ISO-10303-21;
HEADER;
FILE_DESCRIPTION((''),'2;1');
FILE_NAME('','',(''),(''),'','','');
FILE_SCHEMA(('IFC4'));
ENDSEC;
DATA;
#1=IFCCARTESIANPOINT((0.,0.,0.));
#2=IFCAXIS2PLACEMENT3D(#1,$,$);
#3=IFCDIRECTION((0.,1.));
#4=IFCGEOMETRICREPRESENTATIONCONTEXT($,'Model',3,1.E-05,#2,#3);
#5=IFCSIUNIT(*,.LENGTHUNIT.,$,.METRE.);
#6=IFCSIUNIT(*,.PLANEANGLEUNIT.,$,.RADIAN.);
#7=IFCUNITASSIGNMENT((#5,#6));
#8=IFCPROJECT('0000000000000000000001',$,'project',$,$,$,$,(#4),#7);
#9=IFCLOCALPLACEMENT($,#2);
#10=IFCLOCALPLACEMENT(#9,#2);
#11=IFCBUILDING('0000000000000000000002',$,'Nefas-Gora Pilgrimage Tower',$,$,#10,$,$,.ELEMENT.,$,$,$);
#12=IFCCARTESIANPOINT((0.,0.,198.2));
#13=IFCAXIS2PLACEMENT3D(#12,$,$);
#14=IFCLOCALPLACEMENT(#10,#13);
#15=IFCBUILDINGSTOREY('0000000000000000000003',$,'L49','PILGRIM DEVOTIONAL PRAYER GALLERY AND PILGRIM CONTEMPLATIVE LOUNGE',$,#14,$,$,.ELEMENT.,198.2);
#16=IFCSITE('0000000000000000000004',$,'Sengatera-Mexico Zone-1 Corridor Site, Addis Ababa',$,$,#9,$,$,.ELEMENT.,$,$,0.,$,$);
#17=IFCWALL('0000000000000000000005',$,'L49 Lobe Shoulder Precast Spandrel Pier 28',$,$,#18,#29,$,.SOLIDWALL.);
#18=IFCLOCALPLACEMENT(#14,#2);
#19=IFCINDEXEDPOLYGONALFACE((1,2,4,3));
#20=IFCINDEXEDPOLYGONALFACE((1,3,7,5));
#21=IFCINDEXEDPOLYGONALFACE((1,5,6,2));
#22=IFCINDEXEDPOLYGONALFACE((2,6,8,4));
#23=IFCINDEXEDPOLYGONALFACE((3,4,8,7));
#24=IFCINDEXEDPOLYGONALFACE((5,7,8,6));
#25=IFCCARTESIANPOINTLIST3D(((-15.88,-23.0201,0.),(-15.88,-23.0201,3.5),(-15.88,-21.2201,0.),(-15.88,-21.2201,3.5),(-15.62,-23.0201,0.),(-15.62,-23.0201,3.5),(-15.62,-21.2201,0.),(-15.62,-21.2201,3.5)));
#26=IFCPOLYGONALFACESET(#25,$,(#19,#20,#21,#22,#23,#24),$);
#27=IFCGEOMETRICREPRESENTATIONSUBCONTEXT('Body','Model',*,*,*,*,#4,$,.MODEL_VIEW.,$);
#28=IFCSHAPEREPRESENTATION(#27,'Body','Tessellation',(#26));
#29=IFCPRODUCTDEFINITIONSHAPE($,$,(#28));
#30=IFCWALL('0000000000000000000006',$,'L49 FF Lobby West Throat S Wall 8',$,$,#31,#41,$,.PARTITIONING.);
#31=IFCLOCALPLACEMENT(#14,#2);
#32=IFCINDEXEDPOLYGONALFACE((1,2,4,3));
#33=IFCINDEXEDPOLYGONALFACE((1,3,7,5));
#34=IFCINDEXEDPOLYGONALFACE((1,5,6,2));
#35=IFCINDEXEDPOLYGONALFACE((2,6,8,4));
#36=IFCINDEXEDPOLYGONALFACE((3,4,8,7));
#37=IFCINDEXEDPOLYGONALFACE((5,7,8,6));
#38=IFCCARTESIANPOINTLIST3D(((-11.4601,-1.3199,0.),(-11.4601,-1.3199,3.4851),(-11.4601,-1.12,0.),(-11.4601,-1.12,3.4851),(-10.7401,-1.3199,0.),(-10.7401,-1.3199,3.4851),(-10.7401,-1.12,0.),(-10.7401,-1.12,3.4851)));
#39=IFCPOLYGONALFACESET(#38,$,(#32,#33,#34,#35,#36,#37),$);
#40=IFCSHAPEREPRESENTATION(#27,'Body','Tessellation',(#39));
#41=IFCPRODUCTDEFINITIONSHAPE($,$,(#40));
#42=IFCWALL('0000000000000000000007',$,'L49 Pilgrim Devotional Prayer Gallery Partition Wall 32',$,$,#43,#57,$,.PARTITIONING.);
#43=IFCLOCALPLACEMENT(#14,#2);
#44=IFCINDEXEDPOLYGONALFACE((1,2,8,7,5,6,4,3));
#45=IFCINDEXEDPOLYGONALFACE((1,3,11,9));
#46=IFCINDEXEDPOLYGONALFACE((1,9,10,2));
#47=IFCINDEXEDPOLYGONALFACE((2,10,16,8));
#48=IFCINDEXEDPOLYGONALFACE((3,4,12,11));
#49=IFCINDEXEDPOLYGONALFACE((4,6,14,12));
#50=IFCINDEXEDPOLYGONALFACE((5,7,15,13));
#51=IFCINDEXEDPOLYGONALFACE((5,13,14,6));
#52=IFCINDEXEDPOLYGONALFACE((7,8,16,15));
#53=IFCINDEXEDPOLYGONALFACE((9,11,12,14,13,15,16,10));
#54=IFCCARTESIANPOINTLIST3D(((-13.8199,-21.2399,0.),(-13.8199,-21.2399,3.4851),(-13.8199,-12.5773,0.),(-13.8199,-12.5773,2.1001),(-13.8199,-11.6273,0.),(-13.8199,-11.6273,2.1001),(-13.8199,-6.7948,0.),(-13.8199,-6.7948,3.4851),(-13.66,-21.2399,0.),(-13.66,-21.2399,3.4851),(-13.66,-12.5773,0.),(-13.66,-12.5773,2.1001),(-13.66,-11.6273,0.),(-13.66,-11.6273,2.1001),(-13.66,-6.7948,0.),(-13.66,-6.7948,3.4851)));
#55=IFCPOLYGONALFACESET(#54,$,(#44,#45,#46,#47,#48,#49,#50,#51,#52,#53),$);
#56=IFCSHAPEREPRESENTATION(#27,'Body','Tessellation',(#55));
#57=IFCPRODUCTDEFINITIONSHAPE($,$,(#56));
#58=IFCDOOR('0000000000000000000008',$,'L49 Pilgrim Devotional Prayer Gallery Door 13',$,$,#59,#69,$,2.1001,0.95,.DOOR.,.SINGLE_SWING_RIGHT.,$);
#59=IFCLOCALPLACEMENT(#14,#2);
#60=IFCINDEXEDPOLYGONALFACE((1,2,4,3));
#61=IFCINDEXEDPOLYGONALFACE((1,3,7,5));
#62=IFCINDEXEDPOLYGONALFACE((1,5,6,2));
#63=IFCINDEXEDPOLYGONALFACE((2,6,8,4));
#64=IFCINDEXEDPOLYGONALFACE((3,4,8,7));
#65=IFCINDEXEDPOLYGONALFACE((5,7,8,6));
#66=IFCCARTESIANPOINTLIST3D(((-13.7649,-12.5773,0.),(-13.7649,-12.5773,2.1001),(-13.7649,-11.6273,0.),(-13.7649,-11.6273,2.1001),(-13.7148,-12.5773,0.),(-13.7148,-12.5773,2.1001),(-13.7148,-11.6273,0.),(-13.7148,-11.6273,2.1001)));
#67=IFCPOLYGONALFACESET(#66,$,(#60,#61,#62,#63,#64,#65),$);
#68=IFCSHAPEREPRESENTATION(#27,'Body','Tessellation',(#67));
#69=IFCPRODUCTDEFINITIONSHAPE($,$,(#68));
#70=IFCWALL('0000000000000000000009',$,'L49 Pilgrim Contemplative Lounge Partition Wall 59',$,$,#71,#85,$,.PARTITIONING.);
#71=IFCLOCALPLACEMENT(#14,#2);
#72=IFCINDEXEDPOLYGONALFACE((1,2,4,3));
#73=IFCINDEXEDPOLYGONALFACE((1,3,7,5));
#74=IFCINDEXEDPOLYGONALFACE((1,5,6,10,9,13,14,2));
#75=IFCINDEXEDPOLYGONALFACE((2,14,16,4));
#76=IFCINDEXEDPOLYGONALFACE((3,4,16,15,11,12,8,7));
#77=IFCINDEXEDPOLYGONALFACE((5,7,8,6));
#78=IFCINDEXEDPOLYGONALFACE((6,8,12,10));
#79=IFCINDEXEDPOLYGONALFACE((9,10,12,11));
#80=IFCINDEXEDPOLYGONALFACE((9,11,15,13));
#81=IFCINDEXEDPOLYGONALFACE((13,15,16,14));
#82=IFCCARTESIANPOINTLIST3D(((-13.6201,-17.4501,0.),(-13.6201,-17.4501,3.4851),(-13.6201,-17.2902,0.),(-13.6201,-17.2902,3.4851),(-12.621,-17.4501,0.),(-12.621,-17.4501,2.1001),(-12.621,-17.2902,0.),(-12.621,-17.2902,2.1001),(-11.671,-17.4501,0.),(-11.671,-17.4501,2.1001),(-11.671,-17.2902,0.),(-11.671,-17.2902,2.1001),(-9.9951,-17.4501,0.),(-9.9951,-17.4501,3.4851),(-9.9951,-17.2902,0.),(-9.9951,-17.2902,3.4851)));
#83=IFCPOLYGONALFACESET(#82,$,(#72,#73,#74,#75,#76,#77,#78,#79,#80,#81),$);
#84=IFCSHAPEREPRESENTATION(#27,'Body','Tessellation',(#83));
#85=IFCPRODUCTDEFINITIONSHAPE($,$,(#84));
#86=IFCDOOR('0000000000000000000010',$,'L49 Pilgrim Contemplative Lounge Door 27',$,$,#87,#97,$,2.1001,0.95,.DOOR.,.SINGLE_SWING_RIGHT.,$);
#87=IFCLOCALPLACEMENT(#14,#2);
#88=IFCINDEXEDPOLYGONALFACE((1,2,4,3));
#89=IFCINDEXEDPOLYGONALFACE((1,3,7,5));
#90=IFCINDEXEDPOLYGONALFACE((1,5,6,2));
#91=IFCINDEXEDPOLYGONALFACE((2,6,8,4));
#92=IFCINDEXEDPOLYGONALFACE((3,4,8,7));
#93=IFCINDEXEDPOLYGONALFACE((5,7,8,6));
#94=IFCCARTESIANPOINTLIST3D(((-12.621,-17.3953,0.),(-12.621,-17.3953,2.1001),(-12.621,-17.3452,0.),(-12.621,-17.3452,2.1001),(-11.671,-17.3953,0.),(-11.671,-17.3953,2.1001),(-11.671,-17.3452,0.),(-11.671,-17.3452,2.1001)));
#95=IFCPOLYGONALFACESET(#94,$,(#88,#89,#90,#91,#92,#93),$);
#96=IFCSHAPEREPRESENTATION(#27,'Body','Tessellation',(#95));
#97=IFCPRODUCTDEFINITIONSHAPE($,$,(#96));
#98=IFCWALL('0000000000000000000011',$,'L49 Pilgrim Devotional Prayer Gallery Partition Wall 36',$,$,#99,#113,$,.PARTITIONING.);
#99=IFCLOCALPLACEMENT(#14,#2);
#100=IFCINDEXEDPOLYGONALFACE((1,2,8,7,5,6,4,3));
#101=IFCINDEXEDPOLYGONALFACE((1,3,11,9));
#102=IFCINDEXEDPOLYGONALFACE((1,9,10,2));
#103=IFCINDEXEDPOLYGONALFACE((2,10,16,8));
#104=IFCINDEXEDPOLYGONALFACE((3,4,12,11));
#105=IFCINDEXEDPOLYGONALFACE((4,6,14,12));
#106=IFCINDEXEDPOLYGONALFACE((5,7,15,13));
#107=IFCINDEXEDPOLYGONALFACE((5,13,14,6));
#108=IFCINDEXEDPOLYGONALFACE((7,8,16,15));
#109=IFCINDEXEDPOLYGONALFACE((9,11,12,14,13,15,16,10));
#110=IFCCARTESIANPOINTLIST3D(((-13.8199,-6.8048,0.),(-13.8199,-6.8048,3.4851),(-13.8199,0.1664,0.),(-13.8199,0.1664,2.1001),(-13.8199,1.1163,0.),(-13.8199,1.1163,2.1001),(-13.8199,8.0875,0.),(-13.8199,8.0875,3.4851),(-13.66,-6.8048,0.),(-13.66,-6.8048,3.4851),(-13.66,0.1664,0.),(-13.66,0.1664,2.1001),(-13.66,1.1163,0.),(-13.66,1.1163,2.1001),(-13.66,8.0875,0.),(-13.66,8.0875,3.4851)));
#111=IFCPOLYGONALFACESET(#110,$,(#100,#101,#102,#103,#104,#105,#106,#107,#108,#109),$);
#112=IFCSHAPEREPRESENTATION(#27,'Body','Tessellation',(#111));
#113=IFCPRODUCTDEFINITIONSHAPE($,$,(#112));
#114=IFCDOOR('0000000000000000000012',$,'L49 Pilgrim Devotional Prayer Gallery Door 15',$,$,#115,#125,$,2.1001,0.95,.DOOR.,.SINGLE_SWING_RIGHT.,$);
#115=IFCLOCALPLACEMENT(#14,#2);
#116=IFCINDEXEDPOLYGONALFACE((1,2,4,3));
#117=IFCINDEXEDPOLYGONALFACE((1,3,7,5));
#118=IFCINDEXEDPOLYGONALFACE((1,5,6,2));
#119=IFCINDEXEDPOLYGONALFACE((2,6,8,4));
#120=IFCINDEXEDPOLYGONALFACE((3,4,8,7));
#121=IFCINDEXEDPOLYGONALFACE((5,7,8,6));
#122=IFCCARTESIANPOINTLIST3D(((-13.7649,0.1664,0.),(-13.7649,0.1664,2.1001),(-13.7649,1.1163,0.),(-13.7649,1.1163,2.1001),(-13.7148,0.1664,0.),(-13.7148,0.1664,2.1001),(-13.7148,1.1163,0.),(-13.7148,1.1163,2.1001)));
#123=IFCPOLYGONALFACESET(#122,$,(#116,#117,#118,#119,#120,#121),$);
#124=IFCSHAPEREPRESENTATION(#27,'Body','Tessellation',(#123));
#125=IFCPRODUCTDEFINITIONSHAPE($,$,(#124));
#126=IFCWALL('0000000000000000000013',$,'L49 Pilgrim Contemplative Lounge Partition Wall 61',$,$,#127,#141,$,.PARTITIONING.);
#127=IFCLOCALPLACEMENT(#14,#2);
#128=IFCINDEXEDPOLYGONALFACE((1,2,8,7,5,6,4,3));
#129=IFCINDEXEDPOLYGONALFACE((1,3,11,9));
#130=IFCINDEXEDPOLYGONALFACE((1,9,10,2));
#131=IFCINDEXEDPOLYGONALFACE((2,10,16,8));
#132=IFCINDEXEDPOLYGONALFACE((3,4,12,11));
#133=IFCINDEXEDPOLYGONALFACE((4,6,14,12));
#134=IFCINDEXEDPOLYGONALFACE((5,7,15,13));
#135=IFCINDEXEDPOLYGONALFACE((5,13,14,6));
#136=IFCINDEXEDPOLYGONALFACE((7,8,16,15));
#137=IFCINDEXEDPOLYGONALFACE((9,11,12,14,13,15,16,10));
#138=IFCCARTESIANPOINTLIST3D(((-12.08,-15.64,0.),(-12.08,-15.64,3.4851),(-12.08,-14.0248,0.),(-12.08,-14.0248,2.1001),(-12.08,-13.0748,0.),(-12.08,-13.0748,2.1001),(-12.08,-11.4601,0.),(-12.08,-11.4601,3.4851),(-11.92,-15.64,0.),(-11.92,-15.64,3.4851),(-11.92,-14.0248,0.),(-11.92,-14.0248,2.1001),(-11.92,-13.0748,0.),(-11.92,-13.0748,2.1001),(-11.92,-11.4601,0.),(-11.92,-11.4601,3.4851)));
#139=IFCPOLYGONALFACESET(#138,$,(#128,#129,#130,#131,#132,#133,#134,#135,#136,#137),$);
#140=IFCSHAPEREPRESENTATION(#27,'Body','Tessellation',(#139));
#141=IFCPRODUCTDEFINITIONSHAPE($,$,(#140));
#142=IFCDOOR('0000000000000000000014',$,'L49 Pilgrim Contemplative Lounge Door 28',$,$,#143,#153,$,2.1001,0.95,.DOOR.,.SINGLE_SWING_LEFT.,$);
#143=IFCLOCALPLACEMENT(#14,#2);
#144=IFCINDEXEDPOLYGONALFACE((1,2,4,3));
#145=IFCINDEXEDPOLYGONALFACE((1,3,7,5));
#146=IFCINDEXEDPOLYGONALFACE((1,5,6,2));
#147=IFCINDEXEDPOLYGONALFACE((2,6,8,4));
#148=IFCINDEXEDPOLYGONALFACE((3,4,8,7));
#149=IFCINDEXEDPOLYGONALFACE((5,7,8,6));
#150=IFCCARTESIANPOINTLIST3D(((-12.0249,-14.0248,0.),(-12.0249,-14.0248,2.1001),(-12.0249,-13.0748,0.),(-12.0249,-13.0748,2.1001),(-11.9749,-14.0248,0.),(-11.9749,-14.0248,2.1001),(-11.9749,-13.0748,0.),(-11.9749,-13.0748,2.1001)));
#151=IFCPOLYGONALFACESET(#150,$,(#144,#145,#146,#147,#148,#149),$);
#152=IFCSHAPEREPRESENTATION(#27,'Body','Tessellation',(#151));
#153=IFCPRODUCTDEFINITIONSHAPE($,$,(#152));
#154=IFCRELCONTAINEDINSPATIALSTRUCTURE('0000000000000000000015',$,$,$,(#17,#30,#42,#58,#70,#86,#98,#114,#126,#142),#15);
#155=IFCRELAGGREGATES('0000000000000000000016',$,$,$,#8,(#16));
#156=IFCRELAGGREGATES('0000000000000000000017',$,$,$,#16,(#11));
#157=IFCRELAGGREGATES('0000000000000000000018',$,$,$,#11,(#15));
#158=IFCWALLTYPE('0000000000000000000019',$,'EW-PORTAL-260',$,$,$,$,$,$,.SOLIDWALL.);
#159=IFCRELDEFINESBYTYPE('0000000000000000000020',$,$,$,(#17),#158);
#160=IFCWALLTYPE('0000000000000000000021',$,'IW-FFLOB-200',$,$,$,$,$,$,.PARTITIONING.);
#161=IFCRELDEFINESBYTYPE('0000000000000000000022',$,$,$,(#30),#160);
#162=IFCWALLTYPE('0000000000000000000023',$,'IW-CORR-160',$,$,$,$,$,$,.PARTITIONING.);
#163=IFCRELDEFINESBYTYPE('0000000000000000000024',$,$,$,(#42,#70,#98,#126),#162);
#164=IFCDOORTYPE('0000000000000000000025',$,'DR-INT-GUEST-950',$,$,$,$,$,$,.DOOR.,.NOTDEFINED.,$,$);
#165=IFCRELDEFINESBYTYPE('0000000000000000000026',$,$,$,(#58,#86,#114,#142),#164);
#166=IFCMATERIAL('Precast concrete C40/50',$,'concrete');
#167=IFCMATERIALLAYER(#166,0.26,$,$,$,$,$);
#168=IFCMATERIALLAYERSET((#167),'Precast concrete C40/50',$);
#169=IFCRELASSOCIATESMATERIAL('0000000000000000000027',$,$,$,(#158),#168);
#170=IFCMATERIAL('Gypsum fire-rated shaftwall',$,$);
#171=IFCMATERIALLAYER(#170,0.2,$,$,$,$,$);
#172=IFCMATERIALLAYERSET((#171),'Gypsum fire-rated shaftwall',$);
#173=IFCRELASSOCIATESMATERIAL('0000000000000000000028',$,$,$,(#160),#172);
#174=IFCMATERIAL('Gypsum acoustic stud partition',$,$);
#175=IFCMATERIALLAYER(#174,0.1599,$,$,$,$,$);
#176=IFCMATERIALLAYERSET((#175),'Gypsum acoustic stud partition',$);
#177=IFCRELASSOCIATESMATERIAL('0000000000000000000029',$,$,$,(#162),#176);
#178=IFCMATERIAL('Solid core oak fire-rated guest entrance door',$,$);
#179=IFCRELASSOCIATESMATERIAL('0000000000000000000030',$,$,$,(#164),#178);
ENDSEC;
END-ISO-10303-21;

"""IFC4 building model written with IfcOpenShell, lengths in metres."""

from ifc_helpers import new_model, si_unit, direction, frame, frame_2d, origin, place, context, subcontext, project, spatial, rectangle, extrude, source, transform, mapped, material, layer, layer_set, type_object, element, fill, save


model = new_model("IFC4")

# Units and contexts
model_context = context("Model", 3, precision=1e-05, world=origin(), true_north=direction((0.0, 1.0)))
body_context = subcontext(model_context, "Body", "Model", "MODEL_VIEW")
ifc_project = project(units=[si_unit("LENGTHUNIT", "METRE"), si_unit("PLANEANGLEUNIT", "RADIAN")], contexts=[model_context])

# Site, building, storey
site_placement = place(None, origin())
site = spatial("IfcSite", under=ifc_project, at=site_placement, Name="Sengatera-Mexico Zone-1 Corridor Site, Addis Ababa", CompositionType="ELEMENT", RefElevation=0.0)
building_placement = place(site_placement, origin())
building = spatial("IfcBuilding", under=site, at=building_placement, Name="Nefas-Gora Pilgrimage Tower", CompositionType="ELEMENT")
storey_placement = place(building_placement, frame((0.0, 0.0, 198.2)))
storey = spatial("IfcBuildingStorey", under=building, at=storey_placement, Name="L49", Description="PILGRIM DEVOTIONAL PRAYER GALLERY AND PILGRIM CONTEMPLATIVE LOUNGE", CompositionType="ELEMENT", Elevation=198.2)

# Wall
ifc_material_1 = material(Name="Precast concrete C40/50", Category="concrete")
ifc_layer_1 = layer(ifc_material_1, 0.26)
ifc_layer_set_1 = layer_set([ifc_layer_1], Name="Precast concrete C40/50")
wall_type_1 = type_object("IfcWallType", Name="EW-PORTAL-260", PredefinedType="SOLIDWALL", material=ifc_layer_set_1)
shared_shape_1 = source(origin(), body_context, "Body", "SweptSolid", [
    extrude(rectangle(XDim=1.8, YDim=0.26, at=frame_2d((0.8999, 0.0))), origin(), (0.0, 0.0, 1.0), 3.5),
])
wall_1_placement = place(storey_placement, frame((-15.75, -23.02, 0.0), z_axis=(0.0, 0.0, 1.0), x_axis=(0.0, 1.0, 0.0)))
element("IfcWall", 1, at=wall_1_placement, inside=storey, type_object=wall_type_1, Name="L49 Lobe Shoulder Precast Spandrel Pier 28", PredefinedType="SOLIDWALL", context=body_context, shape_type="MappedRepresentation", body=[
    mapped(shared_shape_1, transform((0.0, 0.0, 0.0), x_axis=(1.0, 0.0, 0.0), y_axis=(0.0, 1.0, 0.0), z_axis=(0.0, 0.0, 1.0), scale=1.0)),
])

# Shared definitions
ifc_material_2 = material(Name="Gypsum fire-rated shaftwall")
ifc_layer_2 = layer(ifc_material_2, 0.2)
ifc_layer_set_2 = layer_set([ifc_layer_2], Name="Gypsum fire-rated shaftwall")
wall_type_2 = type_object("IfcWallType", Name="IW-FFLOB-200", PredefinedType="PARTITIONING", material=ifc_layer_set_2)

# Wall
shared_shape_2 = source(origin(), body_context, "Body", "SweptSolid", [
    extrude(rectangle(XDim=0.72, YDim=0.2, at=frame_2d((0.3599, 0.0))), origin(), (0.0, 0.0, 1.0), 3.4851),
])
wall_2_placement = place(storey_placement, frame((-11.46, -1.22, 0.0), z_axis=(0.0, 0.0, 1.0), x_axis=(1.0, 0.0, 0.0)))
element("IfcWall", 2, at=wall_2_placement, inside=storey, type_object=wall_type_2, Name="L49 FF Lobby West Throat S Wall 8", PredefinedType="PARTITIONING", context=body_context, shape_type="MappedRepresentation", body=[
    mapped(shared_shape_2, transform((0.0, 0.0, 0.0), x_axis=(1.0, 0.0, 0.0), y_axis=(0.0, 1.0, 0.0), z_axis=(0.0, 0.0, 1.0), scale=1.0)),
])

# Walls, openings, doors
ifc_material_3 = material(Name="Gypsum acoustic stud partition")
ifc_layer_3 = layer(ifc_material_3, 0.1599)
ifc_layer_set_3 = layer_set([ifc_layer_3], Name="Gypsum acoustic stud partition")
wall_type_3 = type_object("IfcWallType", Name="IW-CORR-160", PredefinedType="PARTITIONING", material=ifc_layer_set_3)
shared_shape_3 = source(origin(), body_context, "Body", "SweptSolid", [
    extrude(rectangle(XDim=14.4451, YDim=0.1599, at=frame_2d((7.2227, 0.0))), origin(), (0.0, 0.0, 1.0), 3.4851),
])
wall_3_placement = place(storey_placement, frame((-13.74, -21.24, 0.0), z_axis=(0.0, 0.0, 1.0), x_axis=(0.0, 1.0, 0.0)))
wall_3 = element("IfcWall", 3, at=wall_3_placement, inside=storey, type_object=wall_type_3, Name="L49 Pilgrim Devotional Prayer Gallery Partition Wall 32", PredefinedType="PARTITIONING", context=body_context, shape_type="MappedRepresentation", body=[
    mapped(shared_shape_3, transform((0.0, 0.0, 0.0), x_axis=(1.0, 0.0, 0.0), y_axis=(0.0, 1.0, 0.0), z_axis=(0.0, 0.0, 1.0), scale=1.0)),
])
opening_1_placement = place(wall_3_placement, frame((8.6626, 0.0, 0.0)))
opening_1 = element("IfcOpeningElement", 4, at=opening_1_placement, cuts=wall_3, PredefinedType="OPENING", context=body_context, shape_type="SweptSolid", body=[
    extrude(rectangle(XDim=0.95, YDim=2.1001, at=frame_2d((0.4751, 1.05))), frame((0.0, 0.0898, 0.0), z_axis=(0.0, -1.0, 0.0), x_axis=(1.0, 0.0, 0.0)), (0.0, 0.0, 1.0), 0.1799),
])
ifc_material_4 = material(Name="Solid core oak fire-rated guest entrance door")
door_type_1 = type_object("IfcDoorType", Name="DR-INT-GUEST-950", OperationType="NOTDEFINED", PredefinedType="DOOR", material=ifc_material_4)
shared_shape_4 = source(origin(), body_context, "Body", "SweptSolid", [
    extrude(rectangle(XDim=0.95, YDim=2.1001, at=frame_2d((0.4751, 1.05))), frame((0.0, 0.0249, 0.0), z_axis=(0.0, -1.0, 0.0), x_axis=(1.0, 0.0, 0.0)), (0.0, 0.0, 1.0), 0.05),
])
door_1_placement = place(opening_1_placement, origin())
door_1 = element("IfcDoor", 5, at=door_1_placement, inside=storey, type_object=door_type_1, Name="L49 Pilgrim Devotional Prayer Gallery Door 13", OperationType="SINGLE_SWING_RIGHT", OverallHeight=2.1001, OverallWidth=0.95, PredefinedType="DOOR", context=body_context, shape_type="MappedRepresentation", body=[
    mapped(shared_shape_4, transform((0.0, 0.0, 0.0), x_axis=(1.0, 0.0, 0.0), y_axis=(0.0, 1.0, 0.0), z_axis=(0.0, 0.0, 1.0), scale=1.0)),
])
fill(opening_1, door_1)
shared_shape_5 = source(origin(), body_context, "Body", "SweptSolid", [
    extrude(rectangle(XDim=3.625, YDim=0.1599, at=frame_2d((1.8125, 0.0))), origin(), (0.0, 0.0, 1.0), 3.4851),
])
wall_4_placement = place(storey_placement, frame((-13.6201, -17.3701, 0.0), z_axis=(0.0, 0.0, 1.0), x_axis=(1.0, 0.0, 0.0)))
wall_4 = element("IfcWall", 6, at=wall_4_placement, inside=storey, type_object=wall_type_3, Name="L49 Pilgrim Contemplative Lounge Partition Wall 59", PredefinedType="PARTITIONING", context=body_context, shape_type="MappedRepresentation", body=[
    mapped(shared_shape_5, transform((0.0, 0.0, 0.0), x_axis=(1.0, 0.0, 0.0), y_axis=(0.0, 1.0, 0.0), z_axis=(0.0, 0.0, 1.0), scale=1.0)),
])
opening_2_placement = place(wall_4_placement, frame((0.999, 0.0, 0.0)))
opening_2 = element("IfcOpeningElement", 7, at=opening_2_placement, cuts=wall_4, PredefinedType="OPENING", context=body_context, shape_type="SweptSolid", body=[
    extrude(rectangle(XDim=0.95, YDim=2.1001, at=frame_2d((0.4751, 1.05))), frame((0.0, 0.0898, 0.0), z_axis=(0.0, -1.0, 0.0), x_axis=(1.0, 0.0, 0.0)), (0.0, 0.0, 1.0), 0.1799),
])
door_2_placement = place(opening_2_placement, origin())
door_2 = element("IfcDoor", 8, at=door_2_placement, inside=storey, type_object=door_type_1, Name="L49 Pilgrim Contemplative Lounge Door 27", OperationType="SINGLE_SWING_RIGHT", OverallHeight=2.1001, OverallWidth=0.95, PredefinedType="DOOR", context=body_context, shape_type="MappedRepresentation", body=[
    mapped(shared_shape_4, transform((0.0, 0.0, 0.0), x_axis=(1.0, 0.0, 0.0), y_axis=(0.0, 1.0, 0.0), z_axis=(0.0, 0.0, 1.0), scale=1.0)),
])
fill(opening_2, door_2)
shared_shape_6 = source(origin(), body_context, "Body", "SweptSolid", [
    extrude(rectangle(XDim=14.8923, YDim=0.1599, at=frame_2d((7.4463, 0.0))), origin(), (0.0, 0.0, 1.0), 3.4851),
])
wall_5_placement = place(storey_placement, frame((-13.74, -6.8049, 0.0), z_axis=(0.0, 0.0, 1.0), x_axis=(0.0, 1.0, 0.0)))
wall_5 = element("IfcWall", 9, at=wall_5_placement, inside=storey, type_object=wall_type_3, Name="L49 Pilgrim Devotional Prayer Gallery Partition Wall 36", PredefinedType="PARTITIONING", context=body_context, shape_type="MappedRepresentation", body=[
    mapped(shared_shape_6, transform((0.0, 0.0, 0.0), x_axis=(1.0, 0.0, 0.0), y_axis=(0.0, 1.0, 0.0), z_axis=(0.0, 0.0, 1.0), scale=1.0)),
])
opening_3_placement = place(wall_5_placement, frame((6.9712, 0.0, 0.0)))
opening_3 = element("IfcOpeningElement", 10, at=opening_3_placement, cuts=wall_5, PredefinedType="OPENING", context=body_context, shape_type="SweptSolid", body=[
    extrude(rectangle(XDim=0.95, YDim=2.1001, at=frame_2d((0.4751, 1.05))), frame((0.0, 0.0898, 0.0), z_axis=(0.0, -1.0, 0.0), x_axis=(1.0, 0.0, 0.0)), (0.0, 0.0, 1.0), 0.1799),
])
door_3_placement = place(opening_3_placement, origin())
door_3 = element("IfcDoor", 11, at=door_3_placement, inside=storey, type_object=door_type_1, Name="L49 Pilgrim Devotional Prayer Gallery Door 15", OperationType="SINGLE_SWING_RIGHT", OverallHeight=2.1001, OverallWidth=0.95, PredefinedType="DOOR", context=body_context, shape_type="MappedRepresentation", body=[
    mapped(shared_shape_4, transform((0.0, 0.0, 0.0), x_axis=(1.0, 0.0, 0.0), y_axis=(0.0, 1.0, 0.0), z_axis=(0.0, 0.0, 1.0), scale=1.0)),
])
fill(opening_3, door_3)
shared_shape_7 = source(origin(), body_context, "Body", "SweptSolid", [
    extrude(rectangle(XDim=4.1799, YDim=0.1599, at=frame_2d((2.0898, 0.0))), origin(), (0.0, 0.0, 1.0), 3.4851),
])
wall_6_placement = place(storey_placement, frame((-12.0, -15.6399, 0.0), z_axis=(0.0, 0.0, 1.0), x_axis=(0.0, 1.0, 0.0)))
wall_6 = element("IfcWall", 12, at=wall_6_placement, inside=storey, type_object=wall_type_3, Name="L49 Pilgrim Contemplative Lounge Partition Wall 61", PredefinedType="PARTITIONING", context=body_context, shape_type="MappedRepresentation", body=[
    mapped(shared_shape_7, transform((0.0, 0.0, 0.0), x_axis=(1.0, 0.0, 0.0), y_axis=(0.0, 1.0, 0.0), z_axis=(0.0, 0.0, 1.0), scale=1.0)),
])
opening_4_placement = place(wall_6_placement, frame((1.615, 0.0, 0.0)))
opening_4 = element("IfcOpeningElement", 13, at=opening_4_placement, cuts=wall_6, PredefinedType="OPENING", context=body_context, shape_type="SweptSolid", body=[
    extrude(rectangle(XDim=0.95, YDim=2.1001, at=frame_2d((0.4751, 1.05))), frame((0.0, 0.0898, 0.0), z_axis=(0.0, -1.0, 0.0), x_axis=(1.0, 0.0, 0.0)), (0.0, 0.0, 1.0), 0.1799),
])
door_4_placement = place(opening_4_placement, origin())
door_4 = element("IfcDoor", 14, at=door_4_placement, inside=storey, type_object=door_type_1, Name="L49 Pilgrim Contemplative Lounge Door 28", OperationType="SINGLE_SWING_LEFT", OverallHeight=2.1001, OverallWidth=0.95, PredefinedType="DOOR", context=body_context, shape_type="MappedRepresentation", body=[
    mapped(shared_shape_4, transform((0.0, 0.0, 0.0), x_axis=(1.0, 0.0, 0.0), y_axis=(0.0, 1.0, 0.0), z_axis=(0.0, 0.0, 1.0), scale=1.0)),
])
fill(opening_4, door_4)

save(model, "model.ifc")
